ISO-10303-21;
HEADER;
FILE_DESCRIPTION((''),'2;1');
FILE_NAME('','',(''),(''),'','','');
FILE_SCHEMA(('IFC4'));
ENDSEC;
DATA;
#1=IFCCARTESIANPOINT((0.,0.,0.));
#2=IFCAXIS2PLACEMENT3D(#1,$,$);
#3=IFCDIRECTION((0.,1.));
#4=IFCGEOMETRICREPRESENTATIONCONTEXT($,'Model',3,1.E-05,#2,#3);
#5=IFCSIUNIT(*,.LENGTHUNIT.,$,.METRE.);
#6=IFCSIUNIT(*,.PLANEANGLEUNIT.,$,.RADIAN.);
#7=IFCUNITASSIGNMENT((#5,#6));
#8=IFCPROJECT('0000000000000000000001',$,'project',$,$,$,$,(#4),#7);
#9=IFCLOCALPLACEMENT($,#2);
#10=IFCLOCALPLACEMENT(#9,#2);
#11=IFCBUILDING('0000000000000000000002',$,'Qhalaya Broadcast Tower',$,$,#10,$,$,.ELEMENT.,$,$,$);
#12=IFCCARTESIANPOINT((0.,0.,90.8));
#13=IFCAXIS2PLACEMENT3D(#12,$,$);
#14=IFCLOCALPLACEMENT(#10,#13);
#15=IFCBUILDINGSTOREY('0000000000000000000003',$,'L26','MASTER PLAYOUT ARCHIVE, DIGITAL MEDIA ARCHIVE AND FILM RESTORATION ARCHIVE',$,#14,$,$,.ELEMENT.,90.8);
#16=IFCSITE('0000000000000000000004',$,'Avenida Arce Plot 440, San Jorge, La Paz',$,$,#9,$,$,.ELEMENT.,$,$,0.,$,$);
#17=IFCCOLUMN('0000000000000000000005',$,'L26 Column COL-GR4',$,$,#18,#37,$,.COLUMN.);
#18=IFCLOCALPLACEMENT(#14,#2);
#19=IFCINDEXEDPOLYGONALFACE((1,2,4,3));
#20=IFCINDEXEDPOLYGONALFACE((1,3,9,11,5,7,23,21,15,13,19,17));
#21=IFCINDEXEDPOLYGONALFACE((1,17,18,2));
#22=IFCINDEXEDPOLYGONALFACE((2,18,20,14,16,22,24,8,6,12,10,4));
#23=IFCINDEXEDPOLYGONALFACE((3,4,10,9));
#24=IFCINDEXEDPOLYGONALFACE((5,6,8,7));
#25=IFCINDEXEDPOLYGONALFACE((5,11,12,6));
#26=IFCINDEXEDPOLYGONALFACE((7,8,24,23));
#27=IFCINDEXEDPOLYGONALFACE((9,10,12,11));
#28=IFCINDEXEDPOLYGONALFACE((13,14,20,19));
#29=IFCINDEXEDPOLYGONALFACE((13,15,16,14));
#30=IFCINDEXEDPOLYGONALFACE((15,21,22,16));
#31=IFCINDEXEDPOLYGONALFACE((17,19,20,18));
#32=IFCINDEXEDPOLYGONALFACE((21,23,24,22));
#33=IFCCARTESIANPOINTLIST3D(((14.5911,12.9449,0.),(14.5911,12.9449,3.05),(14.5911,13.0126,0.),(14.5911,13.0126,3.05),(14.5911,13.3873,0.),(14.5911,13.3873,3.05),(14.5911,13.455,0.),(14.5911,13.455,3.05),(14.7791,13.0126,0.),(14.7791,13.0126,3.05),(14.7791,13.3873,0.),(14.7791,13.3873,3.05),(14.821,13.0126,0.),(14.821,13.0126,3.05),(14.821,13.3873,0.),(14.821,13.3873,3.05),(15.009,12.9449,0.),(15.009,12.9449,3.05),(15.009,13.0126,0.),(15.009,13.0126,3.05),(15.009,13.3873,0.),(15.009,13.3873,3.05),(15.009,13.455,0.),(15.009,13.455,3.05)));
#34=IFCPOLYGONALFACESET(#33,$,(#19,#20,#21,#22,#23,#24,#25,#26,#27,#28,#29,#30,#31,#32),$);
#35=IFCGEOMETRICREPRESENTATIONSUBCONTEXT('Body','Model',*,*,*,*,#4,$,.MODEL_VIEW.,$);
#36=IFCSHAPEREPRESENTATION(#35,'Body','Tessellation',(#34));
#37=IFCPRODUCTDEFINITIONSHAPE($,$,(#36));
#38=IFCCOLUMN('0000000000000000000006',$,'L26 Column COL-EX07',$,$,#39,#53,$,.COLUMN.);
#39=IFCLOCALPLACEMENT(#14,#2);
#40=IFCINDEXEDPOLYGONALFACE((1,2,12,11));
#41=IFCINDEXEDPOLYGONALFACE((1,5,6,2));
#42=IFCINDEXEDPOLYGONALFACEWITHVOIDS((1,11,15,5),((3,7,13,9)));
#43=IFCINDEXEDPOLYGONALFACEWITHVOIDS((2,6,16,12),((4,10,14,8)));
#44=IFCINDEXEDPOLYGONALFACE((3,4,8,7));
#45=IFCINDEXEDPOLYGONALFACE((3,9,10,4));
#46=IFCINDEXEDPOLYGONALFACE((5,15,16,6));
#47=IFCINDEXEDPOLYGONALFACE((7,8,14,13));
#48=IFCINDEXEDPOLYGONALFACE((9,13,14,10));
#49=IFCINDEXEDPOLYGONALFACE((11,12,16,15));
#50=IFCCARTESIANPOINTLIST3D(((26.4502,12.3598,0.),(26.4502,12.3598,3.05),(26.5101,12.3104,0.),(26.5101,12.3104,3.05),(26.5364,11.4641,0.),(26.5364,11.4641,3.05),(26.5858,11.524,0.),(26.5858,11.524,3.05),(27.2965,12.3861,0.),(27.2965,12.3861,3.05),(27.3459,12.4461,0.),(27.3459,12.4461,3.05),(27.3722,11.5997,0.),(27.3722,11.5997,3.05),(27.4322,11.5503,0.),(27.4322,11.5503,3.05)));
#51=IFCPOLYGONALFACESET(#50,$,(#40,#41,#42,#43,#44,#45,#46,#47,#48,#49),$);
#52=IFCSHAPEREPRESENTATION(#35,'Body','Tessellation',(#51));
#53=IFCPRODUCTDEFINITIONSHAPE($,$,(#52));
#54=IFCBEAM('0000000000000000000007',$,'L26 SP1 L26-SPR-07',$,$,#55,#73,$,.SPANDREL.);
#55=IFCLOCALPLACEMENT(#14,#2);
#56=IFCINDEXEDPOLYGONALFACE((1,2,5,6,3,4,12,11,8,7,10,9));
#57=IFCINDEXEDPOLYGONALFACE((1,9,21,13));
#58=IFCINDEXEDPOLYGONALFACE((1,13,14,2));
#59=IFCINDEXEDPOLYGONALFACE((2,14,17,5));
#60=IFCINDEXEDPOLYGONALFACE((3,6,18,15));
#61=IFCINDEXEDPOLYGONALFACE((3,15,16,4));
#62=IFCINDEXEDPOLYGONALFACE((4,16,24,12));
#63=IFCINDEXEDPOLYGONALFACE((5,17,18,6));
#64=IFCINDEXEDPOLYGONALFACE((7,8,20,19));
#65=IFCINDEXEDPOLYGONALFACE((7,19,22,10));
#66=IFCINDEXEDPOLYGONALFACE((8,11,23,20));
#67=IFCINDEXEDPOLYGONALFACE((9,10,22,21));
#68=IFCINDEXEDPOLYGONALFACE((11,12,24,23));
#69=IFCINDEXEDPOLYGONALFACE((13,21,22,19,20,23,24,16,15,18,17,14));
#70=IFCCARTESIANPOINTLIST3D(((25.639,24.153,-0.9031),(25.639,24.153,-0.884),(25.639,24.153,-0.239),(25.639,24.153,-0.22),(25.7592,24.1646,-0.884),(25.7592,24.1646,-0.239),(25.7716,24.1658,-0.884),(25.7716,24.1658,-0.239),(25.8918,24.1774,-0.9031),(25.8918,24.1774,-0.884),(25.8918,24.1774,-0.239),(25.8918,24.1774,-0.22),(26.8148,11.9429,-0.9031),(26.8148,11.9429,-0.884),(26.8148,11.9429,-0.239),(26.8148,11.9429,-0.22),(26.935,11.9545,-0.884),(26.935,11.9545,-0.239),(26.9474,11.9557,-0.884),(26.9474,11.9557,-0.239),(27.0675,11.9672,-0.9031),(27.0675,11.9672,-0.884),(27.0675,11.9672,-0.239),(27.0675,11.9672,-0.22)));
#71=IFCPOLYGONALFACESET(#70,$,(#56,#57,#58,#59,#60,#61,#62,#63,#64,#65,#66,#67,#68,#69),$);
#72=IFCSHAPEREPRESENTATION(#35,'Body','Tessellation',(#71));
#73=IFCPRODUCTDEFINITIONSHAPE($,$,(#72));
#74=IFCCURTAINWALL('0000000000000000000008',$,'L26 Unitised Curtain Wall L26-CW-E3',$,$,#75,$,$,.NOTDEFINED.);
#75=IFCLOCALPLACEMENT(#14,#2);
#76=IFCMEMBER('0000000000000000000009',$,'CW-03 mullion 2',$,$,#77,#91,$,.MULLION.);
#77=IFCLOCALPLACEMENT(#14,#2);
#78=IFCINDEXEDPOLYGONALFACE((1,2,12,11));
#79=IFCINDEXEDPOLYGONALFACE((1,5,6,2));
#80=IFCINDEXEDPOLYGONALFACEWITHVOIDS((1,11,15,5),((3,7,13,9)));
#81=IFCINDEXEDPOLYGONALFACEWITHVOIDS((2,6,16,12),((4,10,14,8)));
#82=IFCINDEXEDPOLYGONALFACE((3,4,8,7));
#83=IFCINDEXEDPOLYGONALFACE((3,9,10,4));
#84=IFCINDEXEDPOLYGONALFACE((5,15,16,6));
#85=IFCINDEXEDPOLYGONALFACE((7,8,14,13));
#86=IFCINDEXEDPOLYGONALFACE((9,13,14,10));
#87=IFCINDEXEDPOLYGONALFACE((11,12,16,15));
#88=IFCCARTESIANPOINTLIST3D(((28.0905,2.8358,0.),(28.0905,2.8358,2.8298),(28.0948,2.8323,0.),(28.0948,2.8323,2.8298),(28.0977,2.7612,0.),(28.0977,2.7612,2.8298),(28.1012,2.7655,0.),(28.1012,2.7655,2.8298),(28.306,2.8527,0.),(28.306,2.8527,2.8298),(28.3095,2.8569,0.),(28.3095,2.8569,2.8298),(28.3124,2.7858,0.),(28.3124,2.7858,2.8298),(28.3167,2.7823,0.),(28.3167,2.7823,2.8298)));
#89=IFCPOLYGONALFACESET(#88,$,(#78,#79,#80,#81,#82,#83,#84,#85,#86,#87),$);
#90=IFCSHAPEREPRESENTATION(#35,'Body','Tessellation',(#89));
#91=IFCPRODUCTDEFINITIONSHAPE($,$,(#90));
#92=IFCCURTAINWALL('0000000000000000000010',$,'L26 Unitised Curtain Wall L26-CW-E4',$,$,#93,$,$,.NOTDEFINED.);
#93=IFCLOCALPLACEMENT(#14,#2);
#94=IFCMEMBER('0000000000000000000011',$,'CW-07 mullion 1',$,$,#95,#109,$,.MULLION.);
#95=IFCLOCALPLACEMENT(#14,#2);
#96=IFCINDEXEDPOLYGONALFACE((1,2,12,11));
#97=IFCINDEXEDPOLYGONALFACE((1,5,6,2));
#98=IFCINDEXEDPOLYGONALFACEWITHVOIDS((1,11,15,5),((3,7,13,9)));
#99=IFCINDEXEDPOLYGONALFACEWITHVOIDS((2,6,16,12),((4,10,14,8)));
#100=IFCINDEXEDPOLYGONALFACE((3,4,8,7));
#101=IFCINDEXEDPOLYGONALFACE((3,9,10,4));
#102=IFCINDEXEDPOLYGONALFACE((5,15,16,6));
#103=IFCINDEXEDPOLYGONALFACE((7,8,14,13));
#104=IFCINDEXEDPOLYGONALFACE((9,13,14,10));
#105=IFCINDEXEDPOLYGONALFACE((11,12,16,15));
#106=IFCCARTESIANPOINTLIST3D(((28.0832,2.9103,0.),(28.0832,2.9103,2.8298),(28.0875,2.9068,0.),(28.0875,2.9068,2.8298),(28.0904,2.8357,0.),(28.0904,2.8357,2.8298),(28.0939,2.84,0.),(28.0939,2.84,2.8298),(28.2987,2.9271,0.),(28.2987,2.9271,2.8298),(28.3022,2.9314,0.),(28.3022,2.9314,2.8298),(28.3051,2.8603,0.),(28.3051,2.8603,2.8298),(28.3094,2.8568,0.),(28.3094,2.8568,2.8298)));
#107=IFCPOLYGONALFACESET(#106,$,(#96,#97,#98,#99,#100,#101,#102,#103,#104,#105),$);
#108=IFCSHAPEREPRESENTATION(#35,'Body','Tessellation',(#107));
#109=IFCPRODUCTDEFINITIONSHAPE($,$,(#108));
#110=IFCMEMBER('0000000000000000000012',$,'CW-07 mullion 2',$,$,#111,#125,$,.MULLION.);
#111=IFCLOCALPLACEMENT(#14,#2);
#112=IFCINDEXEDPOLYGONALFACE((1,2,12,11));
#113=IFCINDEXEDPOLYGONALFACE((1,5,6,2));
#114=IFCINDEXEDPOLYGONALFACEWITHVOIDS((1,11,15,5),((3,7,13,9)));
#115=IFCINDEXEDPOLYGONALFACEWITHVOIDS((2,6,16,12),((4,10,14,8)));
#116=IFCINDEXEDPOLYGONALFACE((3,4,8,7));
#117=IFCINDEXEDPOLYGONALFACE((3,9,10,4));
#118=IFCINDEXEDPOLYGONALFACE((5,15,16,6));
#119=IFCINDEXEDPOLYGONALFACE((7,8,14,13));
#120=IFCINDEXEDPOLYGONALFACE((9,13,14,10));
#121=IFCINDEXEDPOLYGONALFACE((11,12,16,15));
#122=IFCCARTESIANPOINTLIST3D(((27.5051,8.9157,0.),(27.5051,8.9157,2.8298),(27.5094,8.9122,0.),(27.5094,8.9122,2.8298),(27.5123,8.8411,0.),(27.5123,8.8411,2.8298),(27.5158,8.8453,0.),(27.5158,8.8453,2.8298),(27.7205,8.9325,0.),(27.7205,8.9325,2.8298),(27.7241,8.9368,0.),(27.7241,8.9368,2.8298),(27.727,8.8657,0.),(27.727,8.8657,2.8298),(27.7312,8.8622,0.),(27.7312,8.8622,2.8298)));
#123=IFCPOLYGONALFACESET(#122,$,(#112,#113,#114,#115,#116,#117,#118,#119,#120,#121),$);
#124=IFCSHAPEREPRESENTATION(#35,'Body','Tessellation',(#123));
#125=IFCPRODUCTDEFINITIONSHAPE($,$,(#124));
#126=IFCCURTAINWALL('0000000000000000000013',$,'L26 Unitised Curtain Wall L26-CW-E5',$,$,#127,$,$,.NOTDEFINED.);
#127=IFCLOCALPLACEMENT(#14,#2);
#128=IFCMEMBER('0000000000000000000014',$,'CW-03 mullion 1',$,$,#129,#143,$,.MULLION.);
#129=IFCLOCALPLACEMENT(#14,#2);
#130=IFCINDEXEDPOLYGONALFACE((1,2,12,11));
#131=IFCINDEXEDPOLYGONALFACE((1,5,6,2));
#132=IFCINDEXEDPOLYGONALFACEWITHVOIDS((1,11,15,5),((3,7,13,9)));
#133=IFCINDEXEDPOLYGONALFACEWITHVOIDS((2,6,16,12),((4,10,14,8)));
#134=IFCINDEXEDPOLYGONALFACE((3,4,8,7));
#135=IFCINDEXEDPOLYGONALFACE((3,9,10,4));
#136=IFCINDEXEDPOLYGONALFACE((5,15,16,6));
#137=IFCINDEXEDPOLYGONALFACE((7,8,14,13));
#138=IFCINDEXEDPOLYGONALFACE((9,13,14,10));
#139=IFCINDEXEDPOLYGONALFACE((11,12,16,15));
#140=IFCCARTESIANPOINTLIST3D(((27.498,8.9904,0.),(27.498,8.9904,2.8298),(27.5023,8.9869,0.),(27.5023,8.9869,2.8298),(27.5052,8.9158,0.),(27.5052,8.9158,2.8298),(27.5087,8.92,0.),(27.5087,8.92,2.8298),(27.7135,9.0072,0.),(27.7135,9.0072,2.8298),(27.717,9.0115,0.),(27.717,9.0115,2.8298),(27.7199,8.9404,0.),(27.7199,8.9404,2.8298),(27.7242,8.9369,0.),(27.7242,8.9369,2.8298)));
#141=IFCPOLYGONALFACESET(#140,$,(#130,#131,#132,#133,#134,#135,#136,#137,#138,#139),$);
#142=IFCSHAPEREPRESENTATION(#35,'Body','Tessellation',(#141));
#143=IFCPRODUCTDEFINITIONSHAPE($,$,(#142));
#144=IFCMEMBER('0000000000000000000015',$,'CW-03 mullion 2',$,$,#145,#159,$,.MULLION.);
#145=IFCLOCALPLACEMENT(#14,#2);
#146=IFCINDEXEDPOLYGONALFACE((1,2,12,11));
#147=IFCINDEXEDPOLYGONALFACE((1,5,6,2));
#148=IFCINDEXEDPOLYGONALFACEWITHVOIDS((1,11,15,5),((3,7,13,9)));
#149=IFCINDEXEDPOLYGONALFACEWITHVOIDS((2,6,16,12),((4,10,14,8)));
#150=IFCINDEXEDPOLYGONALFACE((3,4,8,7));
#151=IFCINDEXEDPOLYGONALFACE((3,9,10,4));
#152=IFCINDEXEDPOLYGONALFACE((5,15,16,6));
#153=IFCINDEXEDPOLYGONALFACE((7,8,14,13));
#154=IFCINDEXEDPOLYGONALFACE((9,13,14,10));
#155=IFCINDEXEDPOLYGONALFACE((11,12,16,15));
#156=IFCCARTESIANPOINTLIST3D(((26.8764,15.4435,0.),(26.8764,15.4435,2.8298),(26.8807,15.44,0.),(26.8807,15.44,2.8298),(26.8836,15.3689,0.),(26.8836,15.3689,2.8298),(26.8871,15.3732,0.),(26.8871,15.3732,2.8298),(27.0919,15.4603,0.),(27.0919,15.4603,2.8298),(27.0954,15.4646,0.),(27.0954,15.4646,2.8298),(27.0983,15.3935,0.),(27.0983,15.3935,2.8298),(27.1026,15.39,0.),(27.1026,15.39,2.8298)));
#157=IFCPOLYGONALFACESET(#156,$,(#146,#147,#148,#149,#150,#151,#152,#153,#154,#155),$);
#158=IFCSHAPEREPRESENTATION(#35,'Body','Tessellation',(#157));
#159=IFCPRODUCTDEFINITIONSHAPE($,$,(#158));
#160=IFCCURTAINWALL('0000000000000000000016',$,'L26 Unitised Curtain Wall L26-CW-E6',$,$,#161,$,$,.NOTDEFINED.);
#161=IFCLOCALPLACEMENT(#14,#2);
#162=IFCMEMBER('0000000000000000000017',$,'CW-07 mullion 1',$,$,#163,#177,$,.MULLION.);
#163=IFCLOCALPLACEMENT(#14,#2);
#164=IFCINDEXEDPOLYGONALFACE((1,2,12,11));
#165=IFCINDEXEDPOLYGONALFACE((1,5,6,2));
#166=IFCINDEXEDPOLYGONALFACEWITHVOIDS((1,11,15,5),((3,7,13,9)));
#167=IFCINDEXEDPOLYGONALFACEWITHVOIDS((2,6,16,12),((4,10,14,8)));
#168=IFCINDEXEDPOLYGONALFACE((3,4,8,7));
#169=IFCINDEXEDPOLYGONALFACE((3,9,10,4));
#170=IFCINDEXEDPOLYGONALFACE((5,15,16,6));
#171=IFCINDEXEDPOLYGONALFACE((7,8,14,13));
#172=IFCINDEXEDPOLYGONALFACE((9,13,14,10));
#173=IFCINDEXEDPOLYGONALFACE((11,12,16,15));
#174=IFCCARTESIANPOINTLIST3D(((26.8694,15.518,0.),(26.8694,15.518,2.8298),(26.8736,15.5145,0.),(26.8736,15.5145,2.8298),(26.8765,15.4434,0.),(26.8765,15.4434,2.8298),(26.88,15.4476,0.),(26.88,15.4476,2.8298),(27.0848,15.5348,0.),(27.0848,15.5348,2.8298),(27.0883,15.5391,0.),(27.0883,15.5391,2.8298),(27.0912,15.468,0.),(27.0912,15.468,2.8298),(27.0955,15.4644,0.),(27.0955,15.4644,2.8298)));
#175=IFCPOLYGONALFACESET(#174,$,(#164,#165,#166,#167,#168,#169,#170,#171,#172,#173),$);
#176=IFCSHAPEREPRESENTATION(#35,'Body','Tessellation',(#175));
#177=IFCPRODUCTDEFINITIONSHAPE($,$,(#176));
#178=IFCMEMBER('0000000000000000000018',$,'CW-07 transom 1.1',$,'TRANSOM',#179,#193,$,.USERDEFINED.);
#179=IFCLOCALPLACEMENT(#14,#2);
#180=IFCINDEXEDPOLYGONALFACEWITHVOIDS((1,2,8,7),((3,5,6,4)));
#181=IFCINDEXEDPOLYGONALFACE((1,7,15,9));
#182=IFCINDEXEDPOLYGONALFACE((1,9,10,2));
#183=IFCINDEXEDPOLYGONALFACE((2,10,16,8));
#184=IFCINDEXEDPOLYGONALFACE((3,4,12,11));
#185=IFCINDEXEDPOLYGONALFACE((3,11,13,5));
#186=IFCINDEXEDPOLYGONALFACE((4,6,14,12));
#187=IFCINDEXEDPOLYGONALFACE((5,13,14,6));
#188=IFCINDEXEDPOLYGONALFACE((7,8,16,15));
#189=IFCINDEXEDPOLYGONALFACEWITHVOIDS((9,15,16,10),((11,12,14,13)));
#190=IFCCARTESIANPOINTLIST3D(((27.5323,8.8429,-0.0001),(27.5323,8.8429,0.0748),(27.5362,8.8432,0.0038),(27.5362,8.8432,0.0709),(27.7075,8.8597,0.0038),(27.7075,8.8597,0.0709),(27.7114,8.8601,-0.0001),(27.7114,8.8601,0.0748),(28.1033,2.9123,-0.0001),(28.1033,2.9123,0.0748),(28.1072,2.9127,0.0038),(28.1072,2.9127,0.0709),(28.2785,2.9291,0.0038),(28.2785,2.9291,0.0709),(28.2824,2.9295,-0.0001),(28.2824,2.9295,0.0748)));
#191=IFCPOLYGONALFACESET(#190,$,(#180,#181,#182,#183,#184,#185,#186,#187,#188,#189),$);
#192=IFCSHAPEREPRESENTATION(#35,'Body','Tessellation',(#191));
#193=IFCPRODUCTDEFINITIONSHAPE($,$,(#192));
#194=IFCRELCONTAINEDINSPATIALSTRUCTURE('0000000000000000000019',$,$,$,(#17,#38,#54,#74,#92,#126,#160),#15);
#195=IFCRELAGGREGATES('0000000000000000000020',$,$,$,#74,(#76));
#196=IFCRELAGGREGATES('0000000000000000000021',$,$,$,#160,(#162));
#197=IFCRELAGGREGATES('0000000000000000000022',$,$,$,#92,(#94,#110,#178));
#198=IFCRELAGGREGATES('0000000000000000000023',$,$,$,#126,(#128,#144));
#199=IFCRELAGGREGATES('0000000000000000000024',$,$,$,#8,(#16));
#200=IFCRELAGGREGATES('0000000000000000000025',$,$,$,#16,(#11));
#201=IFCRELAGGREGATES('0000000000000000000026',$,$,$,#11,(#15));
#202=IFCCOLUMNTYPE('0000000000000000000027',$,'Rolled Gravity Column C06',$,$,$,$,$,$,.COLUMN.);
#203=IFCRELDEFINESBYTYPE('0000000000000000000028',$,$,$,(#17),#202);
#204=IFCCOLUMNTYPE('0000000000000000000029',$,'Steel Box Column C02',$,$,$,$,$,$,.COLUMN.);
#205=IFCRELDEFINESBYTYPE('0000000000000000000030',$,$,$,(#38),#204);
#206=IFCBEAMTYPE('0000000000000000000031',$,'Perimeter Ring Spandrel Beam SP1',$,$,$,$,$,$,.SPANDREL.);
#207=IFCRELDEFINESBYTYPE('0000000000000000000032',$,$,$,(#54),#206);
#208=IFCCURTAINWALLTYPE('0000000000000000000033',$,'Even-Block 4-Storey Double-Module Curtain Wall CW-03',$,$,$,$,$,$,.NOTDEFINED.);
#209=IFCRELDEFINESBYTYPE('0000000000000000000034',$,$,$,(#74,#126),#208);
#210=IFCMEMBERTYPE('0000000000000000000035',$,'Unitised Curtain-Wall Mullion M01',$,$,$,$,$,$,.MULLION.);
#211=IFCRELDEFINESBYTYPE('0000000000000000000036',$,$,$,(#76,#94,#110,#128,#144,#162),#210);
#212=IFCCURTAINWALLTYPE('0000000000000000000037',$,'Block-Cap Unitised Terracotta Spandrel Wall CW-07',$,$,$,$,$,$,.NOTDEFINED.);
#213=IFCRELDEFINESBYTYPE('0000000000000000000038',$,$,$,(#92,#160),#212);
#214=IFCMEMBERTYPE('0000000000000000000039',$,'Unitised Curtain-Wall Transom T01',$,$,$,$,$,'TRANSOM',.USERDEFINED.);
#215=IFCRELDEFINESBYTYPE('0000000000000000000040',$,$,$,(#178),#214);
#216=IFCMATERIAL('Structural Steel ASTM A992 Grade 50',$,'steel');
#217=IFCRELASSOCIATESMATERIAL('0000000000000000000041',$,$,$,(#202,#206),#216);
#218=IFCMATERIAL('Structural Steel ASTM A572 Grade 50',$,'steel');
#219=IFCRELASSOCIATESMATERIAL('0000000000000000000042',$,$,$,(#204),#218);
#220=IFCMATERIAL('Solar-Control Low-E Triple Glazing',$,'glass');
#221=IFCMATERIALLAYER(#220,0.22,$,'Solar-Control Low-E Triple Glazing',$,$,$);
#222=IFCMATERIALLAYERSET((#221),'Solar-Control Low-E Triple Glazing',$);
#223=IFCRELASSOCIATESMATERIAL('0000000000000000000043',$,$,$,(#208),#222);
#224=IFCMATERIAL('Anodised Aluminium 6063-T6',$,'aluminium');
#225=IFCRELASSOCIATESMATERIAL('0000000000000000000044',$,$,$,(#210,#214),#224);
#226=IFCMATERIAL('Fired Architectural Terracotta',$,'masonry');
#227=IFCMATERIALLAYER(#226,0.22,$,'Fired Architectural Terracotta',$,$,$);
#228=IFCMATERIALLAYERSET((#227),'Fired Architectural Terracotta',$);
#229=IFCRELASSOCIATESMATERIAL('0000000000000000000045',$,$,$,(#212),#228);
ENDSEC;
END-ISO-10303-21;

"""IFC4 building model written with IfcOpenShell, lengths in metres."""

from ifc_helpers import new_model, si_unit, direction, frame, origin, origin_2d, place, context, subcontext, project, spatial, hollow_rectangle, i_section, extrude, material, layer, layer_set, material_profile, profile_set, type_object, element, aggregate, save


model = new_model("IFC4")

# Units and contexts
model_context = context("Model", 3, precision=1e-05, world=origin(), true_north=direction((0.0, 1.0)))
body_context = subcontext(model_context, "Body", "Model", "MODEL_VIEW")
ifc_project = project(units=[si_unit("LENGTHUNIT", "METRE"), si_unit("PLANEANGLEUNIT", "RADIAN")], contexts=[model_context])

# Site, building, storey
site_placement = place(None, origin())
site = spatial("IfcSite", under=ifc_project, at=site_placement, Name="Avenida Arce Plot 440, San Jorge, La Paz", CompositionType="ELEMENT", RefElevation=0.0)
building_placement = place(site_placement, origin())
building = spatial("IfcBuilding", under=site, at=building_placement, Name="Qhalaya Broadcast Tower", CompositionType="ELEMENT")
storey_placement = place(building_placement, frame((0.0, 0.0, 90.8)))
storey = spatial("IfcBuildingStorey", under=building, at=storey_placement, Name="L26", Description="MASTER PLAYOUT ARCHIVE, DIGITAL MEDIA ARCHIVE AND FILM RESTORATION ARCHIVE", CompositionType="ELEMENT", Elevation=90.8)

# Columns
ifc_material_1 = material(Name="Structural Steel ASTM A992 Grade 50", Category="steel")
ifc_material_profile_1 = material_profile(ifc_material_1, i_section(OverallWidth=0.418, OverallDepth=0.51, WebThickness=0.042, FlangeThickness=0.0676, at=origin_2d()), Name="W14X370")
ifc_profile_set_1 = profile_set([ifc_material_profile_1], Name="Structural Steel ASTM A992 Grade 50")
column_type_1 = type_object("IfcColumnType", Name="Rolled Gravity Column C06", PredefinedType="COLUMN", material=ifc_profile_set_1)
column_1_placement = place(storey_placement, frame((14.8, 13.2, 0.0), z_axis=(0.0, 0.0, 1.0), x_axis=(1.0, 0.0, 0.0)))
element("IfcColumn", 1, at=column_1_placement, inside=storey, type_object=column_type_1, Name="L26 Column COL-GR4", PredefinedType="COLUMN", context=body_context, shape_type="SweptSolid", body=[
    extrude(i_section(OverallWidth=0.418, OverallDepth=0.51, WebThickness=0.042, FlangeThickness=0.0676, at=origin_2d()), origin(), (0.0, 0.0, 1.0), 3.05),
])
ifc_material_2 = material(Name="Structural Steel ASTM A572 Grade 50", Category="steel")
ifc_material_profile_2 = material_profile(ifc_material_2, hollow_rectangle(XDim=0.8999, YDim=0.8999, WallThickness=0.0549, at=origin_2d()), Name="BOX 900x900x55")
ifc_profile_set_2 = profile_set([ifc_material_profile_2], Name="Structural Steel ASTM A572 Grade 50")
column_type_2 = type_object("IfcColumnType", Name="Steel Box Column C02", PredefinedType="COLUMN", material=ifc_profile_set_2)
column_2_placement = place(storey_placement, frame((26.9412, 11.9551, 0.0), z_axis=(0.0, 0.0, 1.0), x_axis=(-0.095846, 0.995396, 0.0)))
element("IfcColumn", 2, at=column_2_placement, inside=storey, type_object=column_type_2, Name="L26 Column COL-EX07", PredefinedType="COLUMN", context=body_context, shape_type="SweptSolid", body=[
    extrude(hollow_rectangle(XDim=0.8999, YDim=0.8999, WallThickness=0.0549, at=origin_2d()), origin(), (0.0, 0.0, 1.0), 3.05),
])

# Beam
ifc_material_profile_3 = material_profile(ifc_material_1, i_section(OverallWidth=0.2539, OverallDepth=0.6831, WebThickness=0.0125, FlangeThickness=0.019, at=origin_2d()), Name="W27X94")
ifc_profile_set_3 = profile_set([ifc_material_profile_3], Name="Structural Steel ASTM A992 Grade 50")
beam_type = type_object("IfcBeamType", Name="Perimeter Ring Spandrel Beam SP1", PredefinedType="SPANDREL", material=ifc_profile_set_3)
beam_placement = place(storey_placement, frame((26.9412, 11.9551, -0.5615), z_axis=(-0.095852, 0.995396, 0.0), x_axis=(-0.995396, -0.095852, 0.0)))
element("IfcBeam", 3, at=beam_placement, inside=storey, type_object=beam_type, Name="L26 SP1 L26-SPR-07", PredefinedType="SPANDREL", context=body_context, shape_type="SweptSolid", body=[
    extrude(i_section(OverallWidth=0.2539, OverallDepth=0.6831, WebThickness=0.0125, FlangeThickness=0.019, at=origin_2d()), origin(), (0.0, 0.0, 1.0), 12.2666),
])

# Curtain wall, member
ifc_material_3 = material(Name="Solar-Control Low-E Triple Glazing", Category="glass")
ifc_layer_1 = layer(ifc_material_3, 0.22, Name="Solar-Control Low-E Triple Glazing")
ifc_layer_set_1 = layer_set([ifc_layer_1], Name="Solar-Control Low-E Triple Glazing")
curtain_wall_type_1 = type_object("IfcCurtainWallType", Name="Even-Block 4-Storey Double-Module Curtain Wall CW-03", PredefinedType="NOTDEFINED", material=ifc_layer_set_1)
curtain_wall_1_placement = place(storey_placement, origin())
curtain_wall_1 = element("IfcCurtainWall", 4, at=curtain_wall_1_placement, inside=storey, type_object=curtain_wall_type_1, Name="L26 Unitised Curtain Wall L26-CW-E3", PredefinedType="NOTDEFINED")
ifc_material_4 = material(Name="Anodised Aluminium 6063-T6", Category="aluminium")
ifc_material_profile_4 = material_profile(ifc_material_4, hollow_rectangle(XDim=0.075, YDim=0.22, WallThickness=0.0039, at=origin_2d()), Name="ALU-MUL 75x220x4")
ifc_profile_set_4 = profile_set([ifc_material_profile_4], Name="Anodised Aluminium 6063-T6")
member_type_1 = type_object("IfcMemberType", Name="Unitised Curtain-Wall Mullion M01", PredefinedType="MULLION", material=ifc_profile_set_4)
member_1_placement = place(storey_placement, frame((28.2036, 2.8091, 0.0), z_axis=(0.0, 0.0, 1.0), x_axis=(-0.095852, 0.995396, 0.0)))
member_1 = element("IfcMember", 5, at=member_1_placement, type_object=member_type_1, Name="CW-03 mullion 2", PredefinedType="MULLION", context=body_context, shape_type="SweptSolid", body=[
    extrude(hollow_rectangle(XDim=0.075, YDim=0.22, WallThickness=0.0039, at=origin_2d()), origin(), (0.0, 0.0, 1.0), 2.8298),
])
aggregate(curtain_wall_1, [member_1])

# Curtain walls, members
ifc_material_5 = material(Name="Fired Architectural Terracotta", Category="masonry")
ifc_layer_2 = layer(ifc_material_5, 0.22, Name="Fired Architectural Terracotta")
ifc_layer_set_2 = layer_set([ifc_layer_2], Name="Fired Architectural Terracotta")
curtain_wall_type_2 = type_object("IfcCurtainWallType", Name="Block-Cap Unitised Terracotta Spandrel Wall CW-07", PredefinedType="NOTDEFINED", material=ifc_layer_set_2)
curtain_wall_2_placement = place(storey_placement, origin())
curtain_wall_2 = element("IfcCurtainWall", 6, at=curtain_wall_2_placement, inside=storey, type_object=curtain_wall_type_2, Name="L26 Unitised Curtain Wall L26-CW-E4", PredefinedType="NOTDEFINED")
member_2_placement = place(storey_placement, frame((28.1963, 2.8835, 0.0), z_axis=(0.0, 0.0, 1.0), x_axis=(-0.095841, 0.995397, 0.0)))
member_2 = element("IfcMember", 7, at=member_2_placement, type_object=member_type_1, Name="CW-07 mullion 1", PredefinedType="MULLION", context=body_context, shape_type="SweptSolid", body=[
    extrude(hollow_rectangle(XDim=0.075, YDim=0.22, WallThickness=0.0039, at=origin_2d()), origin(), (0.0, 0.0, 1.0), 2.8298),
])
member_3_placement = place(storey_placement, frame((27.6182, 8.8889, 0.0), z_axis=(0.0, 0.0, 1.0), x_axis=(-0.095841, 0.995397, 0.0)))
member_3 = element("IfcMember", 8, at=member_3_placement, type_object=member_type_1, Name="CW-07 mullion 2", PredefinedType="MULLION", context=body_context, shape_type="SweptSolid", body=[
    extrude(hollow_rectangle(XDim=0.075, YDim=0.22, WallThickness=0.0039, at=origin_2d()), origin(), (0.0, 0.0, 1.0), 2.8298),
])
curtain_wall_3_placement = place(storey_placement, origin())
curtain_wall_3 = element("IfcCurtainWall", 9, at=curtain_wall_3_placement, inside=storey, type_object=curtain_wall_type_1, Name="L26 Unitised Curtain Wall L26-CW-E5", PredefinedType="NOTDEFINED")
member_4_placement = place(storey_placement, frame((27.6111, 8.9636, 0.0), z_axis=(0.0, 0.0, 1.0), x_axis=(-0.095852, 0.995396, 0.0)))
member_4 = element("IfcMember", 10, at=member_4_placement, type_object=member_type_1, Name="CW-03 mullion 1", PredefinedType="MULLION", context=body_context, shape_type="SweptSolid", body=[
    extrude(hollow_rectangle(XDim=0.075, YDim=0.22, WallThickness=0.0039, at=origin_2d()), origin(), (0.0, 0.0, 1.0), 2.8298),
])
member_5_placement = place(storey_placement, frame((26.9895, 15.4167, 0.0), z_axis=(0.0, 0.0, 1.0), x_axis=(-0.095852, 0.995396, 0.0)))
member_5 = element("IfcMember", 11, at=member_5_placement, type_object=member_type_1, Name="CW-03 mullion 2", PredefinedType="MULLION", context=body_context, shape_type="SweptSolid", body=[
    extrude(hollow_rectangle(XDim=0.075, YDim=0.22, WallThickness=0.0039, at=origin_2d()), origin(), (0.0, 0.0, 1.0), 2.8298),
])

# Curtain wall, member
curtain_wall_4_placement = place(storey_placement, origin())
curtain_wall_4 = element("IfcCurtainWall", 12, at=curtain_wall_4_placement, inside=storey, type_object=curtain_wall_type_2, Name="L26 Unitised Curtain Wall L26-CW-E6", PredefinedType="NOTDEFINED")
member_6_placement = place(storey_placement, frame((26.9824, 15.4912, 0.0), z_axis=(0.0, 0.0, 1.0), x_axis=(-0.095842, 0.995397, 0.0)))
member_6 = element("IfcMember", 13, at=member_6_placement, type_object=member_type_1, Name="CW-07 mullion 1", PredefinedType="MULLION", context=body_context, shape_type="SweptSolid", body=[
    extrude(hollow_rectangle(XDim=0.075, YDim=0.22, WallThickness=0.0039, at=origin_2d()), origin(), (0.0, 0.0, 1.0), 2.8298),
])

# Member
ifc_material_profile_5 = material_profile(ifc_material_4, hollow_rectangle(XDim=0.075, YDim=0.1799, WallThickness=0.0039, at=origin_2d()), Name="ALU-TRN 75x180x4")
ifc_profile_set_5 = profile_set([ifc_material_profile_5], Name="Anodised Aluminium 6063-T6")
member_type_2 = type_object("IfcMemberType", Name="Unitised Curtain-Wall Transom T01", ElementType="TRANSOM", PredefinedType="USERDEFINED", material=ifc_profile_set_5)
member_7_placement = place(storey_placement, frame((28.1929, 2.9209, 0.0374), z_axis=(-0.095844, 0.995396, 0.0), x_axis=(0.0, 0.0, 1.0)))
member_7 = element("IfcMember", 14, at=member_7_placement, type_object=member_type_2, Name="CW-07 transom 1.1", ObjectType="TRANSOM", PredefinedType="USERDEFINED", context=body_context, shape_type="SweptSolid", body=[
    extrude(hollow_rectangle(XDim=0.075, YDim=0.1799, WallThickness=0.0039, at=origin_2d()), origin(), (0.0, 0.0, 1.0), 5.958),
])
aggregate(curtain_wall_4, [member_6])

aggregate(curtain_wall_2, [member_2, member_3, member_7])
aggregate(curtain_wall_3, [member_4, member_5])

save(model, "model.ifc")
